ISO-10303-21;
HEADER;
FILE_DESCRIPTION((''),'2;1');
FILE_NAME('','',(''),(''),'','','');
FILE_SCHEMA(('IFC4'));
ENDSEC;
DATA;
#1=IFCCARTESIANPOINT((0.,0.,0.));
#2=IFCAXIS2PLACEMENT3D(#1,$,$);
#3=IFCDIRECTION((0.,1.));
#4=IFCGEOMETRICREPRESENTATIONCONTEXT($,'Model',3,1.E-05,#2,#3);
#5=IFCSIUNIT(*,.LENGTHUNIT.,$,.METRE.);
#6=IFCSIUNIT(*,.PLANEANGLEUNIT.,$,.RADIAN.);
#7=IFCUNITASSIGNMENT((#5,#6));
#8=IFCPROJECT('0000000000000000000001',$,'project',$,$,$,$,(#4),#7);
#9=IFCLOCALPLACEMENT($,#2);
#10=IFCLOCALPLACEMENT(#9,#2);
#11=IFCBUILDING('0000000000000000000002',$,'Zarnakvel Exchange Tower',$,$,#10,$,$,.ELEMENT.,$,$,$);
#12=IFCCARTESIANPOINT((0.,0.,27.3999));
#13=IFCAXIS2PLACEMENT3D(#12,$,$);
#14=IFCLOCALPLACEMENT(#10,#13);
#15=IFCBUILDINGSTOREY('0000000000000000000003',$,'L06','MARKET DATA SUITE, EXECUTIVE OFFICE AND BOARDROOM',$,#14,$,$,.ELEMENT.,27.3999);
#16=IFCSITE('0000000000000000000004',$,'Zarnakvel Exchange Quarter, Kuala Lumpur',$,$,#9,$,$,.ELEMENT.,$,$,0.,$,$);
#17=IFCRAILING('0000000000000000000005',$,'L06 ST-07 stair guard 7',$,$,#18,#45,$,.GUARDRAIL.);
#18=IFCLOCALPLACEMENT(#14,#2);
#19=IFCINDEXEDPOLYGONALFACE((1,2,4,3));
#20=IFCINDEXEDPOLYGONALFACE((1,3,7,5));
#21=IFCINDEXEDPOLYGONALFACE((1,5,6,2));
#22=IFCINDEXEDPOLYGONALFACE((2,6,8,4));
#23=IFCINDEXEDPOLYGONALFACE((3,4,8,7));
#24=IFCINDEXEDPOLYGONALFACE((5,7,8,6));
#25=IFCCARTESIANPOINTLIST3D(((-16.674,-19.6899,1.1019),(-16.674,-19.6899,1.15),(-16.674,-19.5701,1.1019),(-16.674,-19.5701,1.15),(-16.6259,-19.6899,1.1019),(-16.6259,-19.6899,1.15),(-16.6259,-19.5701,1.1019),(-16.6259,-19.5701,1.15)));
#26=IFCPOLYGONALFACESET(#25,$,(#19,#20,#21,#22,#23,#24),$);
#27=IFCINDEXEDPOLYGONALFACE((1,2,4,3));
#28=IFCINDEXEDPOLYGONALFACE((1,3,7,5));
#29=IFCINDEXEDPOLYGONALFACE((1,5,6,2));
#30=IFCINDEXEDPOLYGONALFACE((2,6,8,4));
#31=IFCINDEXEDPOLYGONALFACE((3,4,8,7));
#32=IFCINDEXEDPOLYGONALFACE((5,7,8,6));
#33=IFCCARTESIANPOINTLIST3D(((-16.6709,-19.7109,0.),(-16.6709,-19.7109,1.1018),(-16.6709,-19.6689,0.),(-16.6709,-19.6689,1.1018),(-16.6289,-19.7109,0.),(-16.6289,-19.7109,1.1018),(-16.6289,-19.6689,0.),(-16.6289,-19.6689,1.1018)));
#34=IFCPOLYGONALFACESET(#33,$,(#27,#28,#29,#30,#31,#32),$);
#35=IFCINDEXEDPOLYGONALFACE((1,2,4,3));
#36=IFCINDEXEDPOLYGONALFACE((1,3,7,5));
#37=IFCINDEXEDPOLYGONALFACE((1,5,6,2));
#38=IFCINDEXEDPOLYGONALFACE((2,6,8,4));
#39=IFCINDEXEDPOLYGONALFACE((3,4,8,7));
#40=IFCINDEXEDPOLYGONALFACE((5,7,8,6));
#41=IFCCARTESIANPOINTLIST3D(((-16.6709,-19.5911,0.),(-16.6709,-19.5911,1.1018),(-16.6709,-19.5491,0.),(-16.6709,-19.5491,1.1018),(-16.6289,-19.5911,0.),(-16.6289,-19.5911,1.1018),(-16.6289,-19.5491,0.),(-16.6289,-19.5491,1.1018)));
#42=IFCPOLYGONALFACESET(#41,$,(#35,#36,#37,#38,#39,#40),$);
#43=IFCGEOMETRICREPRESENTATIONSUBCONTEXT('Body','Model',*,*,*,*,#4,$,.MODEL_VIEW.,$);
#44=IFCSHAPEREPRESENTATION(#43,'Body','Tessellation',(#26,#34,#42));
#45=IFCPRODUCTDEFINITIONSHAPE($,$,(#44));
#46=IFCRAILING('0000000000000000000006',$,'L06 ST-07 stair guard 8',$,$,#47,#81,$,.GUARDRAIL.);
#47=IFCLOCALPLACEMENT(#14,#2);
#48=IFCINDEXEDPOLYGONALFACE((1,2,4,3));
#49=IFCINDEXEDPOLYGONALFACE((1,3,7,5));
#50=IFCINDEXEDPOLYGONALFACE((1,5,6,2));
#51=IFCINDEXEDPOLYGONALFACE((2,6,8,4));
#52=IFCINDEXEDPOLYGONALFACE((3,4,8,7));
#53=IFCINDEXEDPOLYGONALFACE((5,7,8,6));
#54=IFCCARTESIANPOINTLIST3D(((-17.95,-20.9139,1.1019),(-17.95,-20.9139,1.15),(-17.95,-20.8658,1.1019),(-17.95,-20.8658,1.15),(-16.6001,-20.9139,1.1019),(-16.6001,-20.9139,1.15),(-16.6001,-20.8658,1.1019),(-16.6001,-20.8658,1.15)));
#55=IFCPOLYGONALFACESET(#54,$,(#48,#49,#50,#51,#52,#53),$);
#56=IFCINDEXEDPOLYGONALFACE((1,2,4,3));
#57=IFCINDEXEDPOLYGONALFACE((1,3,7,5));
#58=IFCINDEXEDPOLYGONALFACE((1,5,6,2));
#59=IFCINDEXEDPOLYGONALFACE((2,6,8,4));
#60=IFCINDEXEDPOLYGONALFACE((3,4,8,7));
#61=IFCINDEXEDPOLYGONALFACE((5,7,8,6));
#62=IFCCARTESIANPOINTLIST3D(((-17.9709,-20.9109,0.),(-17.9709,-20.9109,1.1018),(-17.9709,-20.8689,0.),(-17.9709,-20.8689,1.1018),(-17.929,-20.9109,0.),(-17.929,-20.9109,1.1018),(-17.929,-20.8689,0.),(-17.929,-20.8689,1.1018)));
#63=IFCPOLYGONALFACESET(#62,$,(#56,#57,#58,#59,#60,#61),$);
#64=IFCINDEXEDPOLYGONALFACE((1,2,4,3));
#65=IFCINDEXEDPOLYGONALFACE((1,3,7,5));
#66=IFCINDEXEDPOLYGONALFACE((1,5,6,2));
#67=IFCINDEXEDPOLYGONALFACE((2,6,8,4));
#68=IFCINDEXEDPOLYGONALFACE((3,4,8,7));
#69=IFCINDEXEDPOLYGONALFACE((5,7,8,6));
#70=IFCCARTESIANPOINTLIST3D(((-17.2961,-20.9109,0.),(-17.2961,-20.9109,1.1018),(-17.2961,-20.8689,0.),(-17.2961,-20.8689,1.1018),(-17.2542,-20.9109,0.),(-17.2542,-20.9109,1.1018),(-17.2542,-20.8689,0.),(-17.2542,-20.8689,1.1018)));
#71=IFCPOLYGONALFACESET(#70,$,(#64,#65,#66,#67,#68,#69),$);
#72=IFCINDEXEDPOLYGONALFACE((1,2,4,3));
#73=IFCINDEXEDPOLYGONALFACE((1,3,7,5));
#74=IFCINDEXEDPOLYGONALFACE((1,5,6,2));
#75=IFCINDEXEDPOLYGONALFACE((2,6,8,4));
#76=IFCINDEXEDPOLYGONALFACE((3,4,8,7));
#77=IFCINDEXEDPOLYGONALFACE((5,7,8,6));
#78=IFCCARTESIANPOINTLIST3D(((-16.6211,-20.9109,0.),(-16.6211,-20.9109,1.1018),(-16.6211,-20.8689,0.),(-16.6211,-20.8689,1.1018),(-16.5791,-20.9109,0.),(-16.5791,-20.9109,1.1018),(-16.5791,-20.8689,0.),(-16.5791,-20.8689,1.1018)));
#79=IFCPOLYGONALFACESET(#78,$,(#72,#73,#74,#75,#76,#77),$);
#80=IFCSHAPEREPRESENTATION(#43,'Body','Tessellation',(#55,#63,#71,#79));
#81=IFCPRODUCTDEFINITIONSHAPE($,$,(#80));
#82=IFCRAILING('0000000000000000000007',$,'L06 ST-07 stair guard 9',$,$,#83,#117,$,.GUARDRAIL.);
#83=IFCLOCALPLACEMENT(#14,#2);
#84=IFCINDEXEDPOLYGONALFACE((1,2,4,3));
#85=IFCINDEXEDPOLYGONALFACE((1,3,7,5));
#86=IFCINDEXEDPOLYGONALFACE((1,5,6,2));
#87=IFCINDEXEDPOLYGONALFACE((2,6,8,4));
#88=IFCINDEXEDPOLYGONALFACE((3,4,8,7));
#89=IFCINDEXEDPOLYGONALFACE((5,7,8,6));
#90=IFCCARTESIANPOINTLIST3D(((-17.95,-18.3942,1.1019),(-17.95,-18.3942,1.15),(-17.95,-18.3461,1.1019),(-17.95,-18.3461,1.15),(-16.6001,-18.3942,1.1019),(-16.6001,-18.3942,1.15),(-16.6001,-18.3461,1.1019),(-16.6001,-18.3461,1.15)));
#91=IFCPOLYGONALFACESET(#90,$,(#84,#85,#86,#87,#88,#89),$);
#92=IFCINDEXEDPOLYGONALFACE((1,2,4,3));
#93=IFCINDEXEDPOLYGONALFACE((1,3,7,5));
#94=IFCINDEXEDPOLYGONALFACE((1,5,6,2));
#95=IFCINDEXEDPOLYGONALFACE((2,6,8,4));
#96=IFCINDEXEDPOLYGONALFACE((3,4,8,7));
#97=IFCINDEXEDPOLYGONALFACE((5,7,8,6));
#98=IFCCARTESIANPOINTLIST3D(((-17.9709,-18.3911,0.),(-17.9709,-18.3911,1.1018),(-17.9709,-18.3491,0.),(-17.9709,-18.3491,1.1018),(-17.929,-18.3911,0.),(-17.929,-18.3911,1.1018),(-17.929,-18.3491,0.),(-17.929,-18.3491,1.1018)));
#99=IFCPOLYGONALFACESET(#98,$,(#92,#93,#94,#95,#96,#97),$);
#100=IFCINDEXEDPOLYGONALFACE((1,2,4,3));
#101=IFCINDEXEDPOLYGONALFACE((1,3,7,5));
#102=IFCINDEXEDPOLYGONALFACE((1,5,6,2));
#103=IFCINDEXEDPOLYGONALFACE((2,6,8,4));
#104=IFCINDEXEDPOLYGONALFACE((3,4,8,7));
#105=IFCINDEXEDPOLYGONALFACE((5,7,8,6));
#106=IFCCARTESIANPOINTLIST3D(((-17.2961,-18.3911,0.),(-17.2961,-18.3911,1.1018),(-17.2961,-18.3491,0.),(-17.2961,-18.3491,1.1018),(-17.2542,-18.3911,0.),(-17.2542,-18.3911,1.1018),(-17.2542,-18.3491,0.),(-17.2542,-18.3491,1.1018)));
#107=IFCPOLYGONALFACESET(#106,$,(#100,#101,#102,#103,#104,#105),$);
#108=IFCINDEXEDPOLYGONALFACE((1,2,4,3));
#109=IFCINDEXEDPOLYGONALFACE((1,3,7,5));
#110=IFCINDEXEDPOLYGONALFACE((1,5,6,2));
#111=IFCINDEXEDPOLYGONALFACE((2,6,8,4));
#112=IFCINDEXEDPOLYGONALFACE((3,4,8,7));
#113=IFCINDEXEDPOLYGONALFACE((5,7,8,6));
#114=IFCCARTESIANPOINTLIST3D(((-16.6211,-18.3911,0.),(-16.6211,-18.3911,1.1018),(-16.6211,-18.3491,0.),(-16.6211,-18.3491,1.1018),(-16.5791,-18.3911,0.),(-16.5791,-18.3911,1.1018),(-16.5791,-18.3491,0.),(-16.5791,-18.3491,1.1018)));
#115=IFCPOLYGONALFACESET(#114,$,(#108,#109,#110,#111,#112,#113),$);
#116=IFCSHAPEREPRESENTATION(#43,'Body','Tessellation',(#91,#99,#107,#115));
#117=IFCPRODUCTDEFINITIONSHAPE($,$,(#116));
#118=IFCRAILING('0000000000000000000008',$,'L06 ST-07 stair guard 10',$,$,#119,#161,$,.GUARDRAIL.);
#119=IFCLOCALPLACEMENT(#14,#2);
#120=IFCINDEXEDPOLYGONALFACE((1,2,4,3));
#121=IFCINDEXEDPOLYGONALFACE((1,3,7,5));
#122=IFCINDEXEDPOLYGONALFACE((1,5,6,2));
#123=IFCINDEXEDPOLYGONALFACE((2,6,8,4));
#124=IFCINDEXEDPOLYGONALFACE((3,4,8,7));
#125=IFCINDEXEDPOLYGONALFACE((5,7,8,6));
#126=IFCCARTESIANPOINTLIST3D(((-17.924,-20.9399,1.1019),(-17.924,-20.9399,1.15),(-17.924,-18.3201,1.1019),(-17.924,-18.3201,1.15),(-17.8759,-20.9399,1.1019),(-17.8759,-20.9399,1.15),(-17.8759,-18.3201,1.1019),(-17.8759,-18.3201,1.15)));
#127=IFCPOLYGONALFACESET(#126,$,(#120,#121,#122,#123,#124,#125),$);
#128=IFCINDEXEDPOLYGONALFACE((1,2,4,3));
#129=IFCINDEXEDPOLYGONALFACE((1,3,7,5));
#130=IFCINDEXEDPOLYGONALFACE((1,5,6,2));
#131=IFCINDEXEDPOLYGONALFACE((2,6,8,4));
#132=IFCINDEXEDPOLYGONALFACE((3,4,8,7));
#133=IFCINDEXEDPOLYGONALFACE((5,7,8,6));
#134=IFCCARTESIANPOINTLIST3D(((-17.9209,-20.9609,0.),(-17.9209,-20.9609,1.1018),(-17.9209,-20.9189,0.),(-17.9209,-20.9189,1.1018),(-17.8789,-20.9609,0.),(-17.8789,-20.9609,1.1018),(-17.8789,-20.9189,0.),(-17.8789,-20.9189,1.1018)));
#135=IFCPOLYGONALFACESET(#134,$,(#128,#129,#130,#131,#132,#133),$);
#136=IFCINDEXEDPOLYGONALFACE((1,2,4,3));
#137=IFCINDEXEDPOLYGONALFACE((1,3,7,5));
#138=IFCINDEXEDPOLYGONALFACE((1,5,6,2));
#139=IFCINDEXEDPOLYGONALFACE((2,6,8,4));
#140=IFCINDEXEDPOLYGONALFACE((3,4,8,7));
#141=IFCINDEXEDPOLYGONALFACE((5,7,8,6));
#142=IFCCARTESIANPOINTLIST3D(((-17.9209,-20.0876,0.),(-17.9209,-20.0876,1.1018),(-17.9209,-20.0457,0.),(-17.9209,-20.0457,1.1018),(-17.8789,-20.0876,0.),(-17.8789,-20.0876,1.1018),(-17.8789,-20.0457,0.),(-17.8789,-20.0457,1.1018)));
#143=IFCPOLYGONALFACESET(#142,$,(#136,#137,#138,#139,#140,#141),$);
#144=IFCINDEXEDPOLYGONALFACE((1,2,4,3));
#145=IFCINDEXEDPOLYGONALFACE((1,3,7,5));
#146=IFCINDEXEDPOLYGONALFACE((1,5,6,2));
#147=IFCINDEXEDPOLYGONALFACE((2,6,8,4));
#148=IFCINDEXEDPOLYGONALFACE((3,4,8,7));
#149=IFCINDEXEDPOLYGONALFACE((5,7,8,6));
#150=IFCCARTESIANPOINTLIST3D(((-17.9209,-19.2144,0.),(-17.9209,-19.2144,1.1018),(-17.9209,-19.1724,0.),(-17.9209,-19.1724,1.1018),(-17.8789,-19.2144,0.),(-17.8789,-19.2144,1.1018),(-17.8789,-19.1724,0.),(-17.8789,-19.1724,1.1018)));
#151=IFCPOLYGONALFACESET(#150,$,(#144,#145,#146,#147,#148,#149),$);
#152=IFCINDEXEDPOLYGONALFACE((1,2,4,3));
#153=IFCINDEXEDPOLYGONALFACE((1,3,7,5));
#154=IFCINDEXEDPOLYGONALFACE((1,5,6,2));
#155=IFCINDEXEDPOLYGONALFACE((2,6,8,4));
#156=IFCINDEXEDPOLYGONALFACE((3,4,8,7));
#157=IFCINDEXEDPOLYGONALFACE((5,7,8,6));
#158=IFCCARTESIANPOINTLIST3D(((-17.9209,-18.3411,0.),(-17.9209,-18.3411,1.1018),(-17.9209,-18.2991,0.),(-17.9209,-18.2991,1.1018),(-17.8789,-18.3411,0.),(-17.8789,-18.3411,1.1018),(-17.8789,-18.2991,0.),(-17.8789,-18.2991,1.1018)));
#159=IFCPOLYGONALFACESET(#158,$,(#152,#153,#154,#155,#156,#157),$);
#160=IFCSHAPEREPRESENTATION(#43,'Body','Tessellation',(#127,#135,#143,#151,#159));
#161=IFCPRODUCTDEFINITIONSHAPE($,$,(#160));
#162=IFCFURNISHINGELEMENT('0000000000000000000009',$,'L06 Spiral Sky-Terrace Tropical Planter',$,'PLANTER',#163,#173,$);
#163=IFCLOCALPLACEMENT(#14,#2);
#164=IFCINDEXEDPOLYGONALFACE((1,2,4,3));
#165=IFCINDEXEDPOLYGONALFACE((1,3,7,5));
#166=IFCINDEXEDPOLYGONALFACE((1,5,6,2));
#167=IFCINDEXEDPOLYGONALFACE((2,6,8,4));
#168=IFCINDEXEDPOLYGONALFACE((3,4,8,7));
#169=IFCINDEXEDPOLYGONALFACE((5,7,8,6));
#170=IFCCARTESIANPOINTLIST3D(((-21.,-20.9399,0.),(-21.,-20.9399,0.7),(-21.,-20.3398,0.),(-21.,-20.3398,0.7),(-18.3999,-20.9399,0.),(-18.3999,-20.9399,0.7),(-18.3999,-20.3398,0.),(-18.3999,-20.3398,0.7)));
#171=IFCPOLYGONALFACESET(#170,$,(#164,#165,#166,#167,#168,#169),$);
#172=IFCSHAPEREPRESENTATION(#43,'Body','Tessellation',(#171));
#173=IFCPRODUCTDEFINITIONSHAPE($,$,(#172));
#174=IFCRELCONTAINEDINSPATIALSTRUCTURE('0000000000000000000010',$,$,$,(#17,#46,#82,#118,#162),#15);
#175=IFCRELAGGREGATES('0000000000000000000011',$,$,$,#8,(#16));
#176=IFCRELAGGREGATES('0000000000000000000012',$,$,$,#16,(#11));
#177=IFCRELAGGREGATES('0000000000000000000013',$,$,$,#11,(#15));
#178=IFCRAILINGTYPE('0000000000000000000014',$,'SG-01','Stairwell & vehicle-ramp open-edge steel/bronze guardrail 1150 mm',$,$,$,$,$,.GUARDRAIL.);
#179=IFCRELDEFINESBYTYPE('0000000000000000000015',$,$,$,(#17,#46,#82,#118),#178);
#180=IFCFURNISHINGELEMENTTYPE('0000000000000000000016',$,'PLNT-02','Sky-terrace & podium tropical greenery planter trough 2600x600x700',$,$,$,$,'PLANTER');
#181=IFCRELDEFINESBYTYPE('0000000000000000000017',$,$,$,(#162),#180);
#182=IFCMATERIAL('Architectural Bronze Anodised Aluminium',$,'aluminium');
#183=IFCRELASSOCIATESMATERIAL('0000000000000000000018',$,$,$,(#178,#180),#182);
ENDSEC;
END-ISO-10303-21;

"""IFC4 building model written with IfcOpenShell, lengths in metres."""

from ifc_helpers import new_model, si_unit, direction, frame, origin, origin_2d, place, context, subcontext, project, spatial, rectangle, extrude, source, transform, mapped, material, type_object, element, save


model = new_model("IFC4")

# Units and contexts
model_context = context("Model", 3, precision=1e-05, world=origin(), true_north=direction((0.0, 1.0)))
body_context = subcontext(model_context, "Body", "Model", "MODEL_VIEW")
ifc_project = project(units=[si_unit("LENGTHUNIT", "METRE"), si_unit("PLANEANGLEUNIT", "RADIAN")], contexts=[model_context])

# Site, building, storey
site_placement = place(None, origin())
site = spatial("IfcSite", under=ifc_project, at=site_placement, Name="Zarnakvel Exchange Quarter, Kuala Lumpur", CompositionType="ELEMENT", RefElevation=0.0)
building_placement = place(site_placement, origin())
building = spatial("IfcBuilding", under=site, at=building_placement, Name="Zarnakvel Exchange Tower", CompositionType="ELEMENT")
storey_placement = place(building_placement, frame((0.0, 0.0, 27.3999)))
storey = spatial("IfcBuildingStorey", under=building, at=storey_placement, Name="L06", Description="MARKET DATA SUITE, EXECUTIVE OFFICE AND BOARDROOM", CompositionType="ELEMENT", Elevation=27.3999)

# Railings
ifc_material_1 = material(Name="Architectural Bronze Anodised Aluminium", Category="aluminium")
railing_type_1 = type_object("IfcRailingType", Name="SG-01", Description="Stairwell & vehicle-ramp open-edge steel/bronze guardrail 1150 mm", PredefinedType="GUARDRAIL", material=ifc_material_1)
railing_1_placement = place(storey_placement, frame((-16.6499, -19.6899, 0.0)))
element("IfcRailing", 1, at=railing_1_placement, inside=storey, type_object=railing_type_1, Name="L06 ST-07 stair guard 7", PredefinedType="GUARDRAIL", context=body_context, shape_type="SweptSolid", body=[
    extrude(rectangle(XDim=0.0481, YDim=0.0481, at=origin_2d()), frame((0.0, 0.0, 1.126), z_axis=(0.0, 1.0, 0.0), x_axis=(-1.0, 0.0, 0.0)), (0.0, 0.0, 1.0), 0.1199),
    extrude(rectangle(XDim=0.042, YDim=0.042, at=origin_2d()), origin(), (0.0, 0.0, 1.0), 1.1018),
    extrude(rectangle(XDim=0.042, YDim=0.042, at=origin_2d()), frame((0.0, 0.1199, 0.0)), (0.0, 0.0, 1.0), 1.1018),
])
for number, where, name in (
    (2, (-17.95, -20.8899, 0.0), "L06 ST-07 stair guard 8"),
    (3, (-17.95, -18.3701, 0.0), "L06 ST-07 stair guard 9"),
):
    element("IfcRailing", number, at=place(storey_placement, frame(where)), inside=storey, type_object=railing_type_1, Name=name, PredefinedType="GUARDRAIL", context=body_context, shape_type="SweptSolid", body=[
        extrude(rectangle(XDim=0.0481, YDim=0.0481, at=origin_2d()), frame((0.0, 0.0, 1.126), z_axis=(1.0, 0.0, 0.0), x_axis=(0.0, 1.0, 0.0)), (0.0, 0.0, 1.0), 1.3499),
        extrude(rectangle(XDim=0.042, YDim=0.042, at=origin_2d()), origin(), (0.0, 0.0, 1.0), 1.1018),
        extrude(rectangle(XDim=0.042, YDim=0.042, at=origin_2d()), frame((0.6748, 0.0, 0.0)), (0.0, 0.0, 1.0), 1.1018),
        extrude(rectangle(XDim=0.042, YDim=0.042, at=origin_2d()), frame((1.3499, 0.0, 0.0)), (0.0, 0.0, 1.0), 1.1018),
    ])
railing_2_placement = place(storey_placement, frame((-17.8999, -20.9399, 0.0)))
element("IfcRailing", 4, at=railing_2_placement, inside=storey, type_object=railing_type_1, Name="L06 ST-07 stair guard 10", PredefinedType="GUARDRAIL", context=body_context, shape_type="SweptSolid", body=[
    extrude(rectangle(XDim=0.0481, YDim=0.0481, at=origin_2d()), frame((0.0, 0.0, 1.126), z_axis=(0.0, 1.0, 0.0), x_axis=(-1.0, 0.0, 0.0)), (0.0, 0.0, 1.0), 2.6199),
    extrude(rectangle(XDim=0.042, YDim=0.042, at=origin_2d()), origin(), (0.0, 0.0, 1.0), 1.1018),
    extrude(rectangle(XDim=0.042, YDim=0.042, at=origin_2d()), frame((0.0, 0.8733, 0.0)), (0.0, 0.0, 1.0), 1.1018),
    extrude(rectangle(XDim=0.042, YDim=0.042, at=origin_2d()), frame((0.0, 1.7466, 0.0)), (0.0, 0.0, 1.0), 1.1018),
    extrude(rectangle(XDim=0.042, YDim=0.042, at=origin_2d()), frame((0.0, 2.6199, 0.0)), (0.0, 0.0, 1.0), 1.1018),
])

# Furnishing element
furnishing_element_type = type_object("IfcFurnishingElementType", Name="PLNT-02", Description="Sky-terrace & podium tropical greenery planter trough 2600x600x700", ElementType="PLANTER", material=ifc_material_1)
shared_shape_1 = source(origin(), body_context, "Body", "SweptSolid", [
    extrude(rectangle(XDim=2.6001, YDim=0.6001, at=origin_2d()), origin(), (0.0, 0.0, 1.0), 0.7),
])
furnishing_placement = place(storey_placement, frame((-19.7, -20.6399, 0.0), z_axis=(0.0, 0.0, 1.0), x_axis=(1.0, 0.0, 0.0)))
element("IfcFurnishingElement", 5, at=furnishing_placement, inside=storey, type_object=furnishing_element_type, Name="L06 Spiral Sky-Terrace Tropical Planter", ObjectType="PLANTER", context=body_context, shape_type="MappedRepresentation", body=[
    mapped(shared_shape_1, transform((0.0, 0.0, 0.0), x_axis=(1.0, 0.0, 0.0), y_axis=(0.0, 1.0, 0.0), z_axis=(0.0, 0.0, 1.0), scale=1.0)),
])

save(model, "model.ifc")
